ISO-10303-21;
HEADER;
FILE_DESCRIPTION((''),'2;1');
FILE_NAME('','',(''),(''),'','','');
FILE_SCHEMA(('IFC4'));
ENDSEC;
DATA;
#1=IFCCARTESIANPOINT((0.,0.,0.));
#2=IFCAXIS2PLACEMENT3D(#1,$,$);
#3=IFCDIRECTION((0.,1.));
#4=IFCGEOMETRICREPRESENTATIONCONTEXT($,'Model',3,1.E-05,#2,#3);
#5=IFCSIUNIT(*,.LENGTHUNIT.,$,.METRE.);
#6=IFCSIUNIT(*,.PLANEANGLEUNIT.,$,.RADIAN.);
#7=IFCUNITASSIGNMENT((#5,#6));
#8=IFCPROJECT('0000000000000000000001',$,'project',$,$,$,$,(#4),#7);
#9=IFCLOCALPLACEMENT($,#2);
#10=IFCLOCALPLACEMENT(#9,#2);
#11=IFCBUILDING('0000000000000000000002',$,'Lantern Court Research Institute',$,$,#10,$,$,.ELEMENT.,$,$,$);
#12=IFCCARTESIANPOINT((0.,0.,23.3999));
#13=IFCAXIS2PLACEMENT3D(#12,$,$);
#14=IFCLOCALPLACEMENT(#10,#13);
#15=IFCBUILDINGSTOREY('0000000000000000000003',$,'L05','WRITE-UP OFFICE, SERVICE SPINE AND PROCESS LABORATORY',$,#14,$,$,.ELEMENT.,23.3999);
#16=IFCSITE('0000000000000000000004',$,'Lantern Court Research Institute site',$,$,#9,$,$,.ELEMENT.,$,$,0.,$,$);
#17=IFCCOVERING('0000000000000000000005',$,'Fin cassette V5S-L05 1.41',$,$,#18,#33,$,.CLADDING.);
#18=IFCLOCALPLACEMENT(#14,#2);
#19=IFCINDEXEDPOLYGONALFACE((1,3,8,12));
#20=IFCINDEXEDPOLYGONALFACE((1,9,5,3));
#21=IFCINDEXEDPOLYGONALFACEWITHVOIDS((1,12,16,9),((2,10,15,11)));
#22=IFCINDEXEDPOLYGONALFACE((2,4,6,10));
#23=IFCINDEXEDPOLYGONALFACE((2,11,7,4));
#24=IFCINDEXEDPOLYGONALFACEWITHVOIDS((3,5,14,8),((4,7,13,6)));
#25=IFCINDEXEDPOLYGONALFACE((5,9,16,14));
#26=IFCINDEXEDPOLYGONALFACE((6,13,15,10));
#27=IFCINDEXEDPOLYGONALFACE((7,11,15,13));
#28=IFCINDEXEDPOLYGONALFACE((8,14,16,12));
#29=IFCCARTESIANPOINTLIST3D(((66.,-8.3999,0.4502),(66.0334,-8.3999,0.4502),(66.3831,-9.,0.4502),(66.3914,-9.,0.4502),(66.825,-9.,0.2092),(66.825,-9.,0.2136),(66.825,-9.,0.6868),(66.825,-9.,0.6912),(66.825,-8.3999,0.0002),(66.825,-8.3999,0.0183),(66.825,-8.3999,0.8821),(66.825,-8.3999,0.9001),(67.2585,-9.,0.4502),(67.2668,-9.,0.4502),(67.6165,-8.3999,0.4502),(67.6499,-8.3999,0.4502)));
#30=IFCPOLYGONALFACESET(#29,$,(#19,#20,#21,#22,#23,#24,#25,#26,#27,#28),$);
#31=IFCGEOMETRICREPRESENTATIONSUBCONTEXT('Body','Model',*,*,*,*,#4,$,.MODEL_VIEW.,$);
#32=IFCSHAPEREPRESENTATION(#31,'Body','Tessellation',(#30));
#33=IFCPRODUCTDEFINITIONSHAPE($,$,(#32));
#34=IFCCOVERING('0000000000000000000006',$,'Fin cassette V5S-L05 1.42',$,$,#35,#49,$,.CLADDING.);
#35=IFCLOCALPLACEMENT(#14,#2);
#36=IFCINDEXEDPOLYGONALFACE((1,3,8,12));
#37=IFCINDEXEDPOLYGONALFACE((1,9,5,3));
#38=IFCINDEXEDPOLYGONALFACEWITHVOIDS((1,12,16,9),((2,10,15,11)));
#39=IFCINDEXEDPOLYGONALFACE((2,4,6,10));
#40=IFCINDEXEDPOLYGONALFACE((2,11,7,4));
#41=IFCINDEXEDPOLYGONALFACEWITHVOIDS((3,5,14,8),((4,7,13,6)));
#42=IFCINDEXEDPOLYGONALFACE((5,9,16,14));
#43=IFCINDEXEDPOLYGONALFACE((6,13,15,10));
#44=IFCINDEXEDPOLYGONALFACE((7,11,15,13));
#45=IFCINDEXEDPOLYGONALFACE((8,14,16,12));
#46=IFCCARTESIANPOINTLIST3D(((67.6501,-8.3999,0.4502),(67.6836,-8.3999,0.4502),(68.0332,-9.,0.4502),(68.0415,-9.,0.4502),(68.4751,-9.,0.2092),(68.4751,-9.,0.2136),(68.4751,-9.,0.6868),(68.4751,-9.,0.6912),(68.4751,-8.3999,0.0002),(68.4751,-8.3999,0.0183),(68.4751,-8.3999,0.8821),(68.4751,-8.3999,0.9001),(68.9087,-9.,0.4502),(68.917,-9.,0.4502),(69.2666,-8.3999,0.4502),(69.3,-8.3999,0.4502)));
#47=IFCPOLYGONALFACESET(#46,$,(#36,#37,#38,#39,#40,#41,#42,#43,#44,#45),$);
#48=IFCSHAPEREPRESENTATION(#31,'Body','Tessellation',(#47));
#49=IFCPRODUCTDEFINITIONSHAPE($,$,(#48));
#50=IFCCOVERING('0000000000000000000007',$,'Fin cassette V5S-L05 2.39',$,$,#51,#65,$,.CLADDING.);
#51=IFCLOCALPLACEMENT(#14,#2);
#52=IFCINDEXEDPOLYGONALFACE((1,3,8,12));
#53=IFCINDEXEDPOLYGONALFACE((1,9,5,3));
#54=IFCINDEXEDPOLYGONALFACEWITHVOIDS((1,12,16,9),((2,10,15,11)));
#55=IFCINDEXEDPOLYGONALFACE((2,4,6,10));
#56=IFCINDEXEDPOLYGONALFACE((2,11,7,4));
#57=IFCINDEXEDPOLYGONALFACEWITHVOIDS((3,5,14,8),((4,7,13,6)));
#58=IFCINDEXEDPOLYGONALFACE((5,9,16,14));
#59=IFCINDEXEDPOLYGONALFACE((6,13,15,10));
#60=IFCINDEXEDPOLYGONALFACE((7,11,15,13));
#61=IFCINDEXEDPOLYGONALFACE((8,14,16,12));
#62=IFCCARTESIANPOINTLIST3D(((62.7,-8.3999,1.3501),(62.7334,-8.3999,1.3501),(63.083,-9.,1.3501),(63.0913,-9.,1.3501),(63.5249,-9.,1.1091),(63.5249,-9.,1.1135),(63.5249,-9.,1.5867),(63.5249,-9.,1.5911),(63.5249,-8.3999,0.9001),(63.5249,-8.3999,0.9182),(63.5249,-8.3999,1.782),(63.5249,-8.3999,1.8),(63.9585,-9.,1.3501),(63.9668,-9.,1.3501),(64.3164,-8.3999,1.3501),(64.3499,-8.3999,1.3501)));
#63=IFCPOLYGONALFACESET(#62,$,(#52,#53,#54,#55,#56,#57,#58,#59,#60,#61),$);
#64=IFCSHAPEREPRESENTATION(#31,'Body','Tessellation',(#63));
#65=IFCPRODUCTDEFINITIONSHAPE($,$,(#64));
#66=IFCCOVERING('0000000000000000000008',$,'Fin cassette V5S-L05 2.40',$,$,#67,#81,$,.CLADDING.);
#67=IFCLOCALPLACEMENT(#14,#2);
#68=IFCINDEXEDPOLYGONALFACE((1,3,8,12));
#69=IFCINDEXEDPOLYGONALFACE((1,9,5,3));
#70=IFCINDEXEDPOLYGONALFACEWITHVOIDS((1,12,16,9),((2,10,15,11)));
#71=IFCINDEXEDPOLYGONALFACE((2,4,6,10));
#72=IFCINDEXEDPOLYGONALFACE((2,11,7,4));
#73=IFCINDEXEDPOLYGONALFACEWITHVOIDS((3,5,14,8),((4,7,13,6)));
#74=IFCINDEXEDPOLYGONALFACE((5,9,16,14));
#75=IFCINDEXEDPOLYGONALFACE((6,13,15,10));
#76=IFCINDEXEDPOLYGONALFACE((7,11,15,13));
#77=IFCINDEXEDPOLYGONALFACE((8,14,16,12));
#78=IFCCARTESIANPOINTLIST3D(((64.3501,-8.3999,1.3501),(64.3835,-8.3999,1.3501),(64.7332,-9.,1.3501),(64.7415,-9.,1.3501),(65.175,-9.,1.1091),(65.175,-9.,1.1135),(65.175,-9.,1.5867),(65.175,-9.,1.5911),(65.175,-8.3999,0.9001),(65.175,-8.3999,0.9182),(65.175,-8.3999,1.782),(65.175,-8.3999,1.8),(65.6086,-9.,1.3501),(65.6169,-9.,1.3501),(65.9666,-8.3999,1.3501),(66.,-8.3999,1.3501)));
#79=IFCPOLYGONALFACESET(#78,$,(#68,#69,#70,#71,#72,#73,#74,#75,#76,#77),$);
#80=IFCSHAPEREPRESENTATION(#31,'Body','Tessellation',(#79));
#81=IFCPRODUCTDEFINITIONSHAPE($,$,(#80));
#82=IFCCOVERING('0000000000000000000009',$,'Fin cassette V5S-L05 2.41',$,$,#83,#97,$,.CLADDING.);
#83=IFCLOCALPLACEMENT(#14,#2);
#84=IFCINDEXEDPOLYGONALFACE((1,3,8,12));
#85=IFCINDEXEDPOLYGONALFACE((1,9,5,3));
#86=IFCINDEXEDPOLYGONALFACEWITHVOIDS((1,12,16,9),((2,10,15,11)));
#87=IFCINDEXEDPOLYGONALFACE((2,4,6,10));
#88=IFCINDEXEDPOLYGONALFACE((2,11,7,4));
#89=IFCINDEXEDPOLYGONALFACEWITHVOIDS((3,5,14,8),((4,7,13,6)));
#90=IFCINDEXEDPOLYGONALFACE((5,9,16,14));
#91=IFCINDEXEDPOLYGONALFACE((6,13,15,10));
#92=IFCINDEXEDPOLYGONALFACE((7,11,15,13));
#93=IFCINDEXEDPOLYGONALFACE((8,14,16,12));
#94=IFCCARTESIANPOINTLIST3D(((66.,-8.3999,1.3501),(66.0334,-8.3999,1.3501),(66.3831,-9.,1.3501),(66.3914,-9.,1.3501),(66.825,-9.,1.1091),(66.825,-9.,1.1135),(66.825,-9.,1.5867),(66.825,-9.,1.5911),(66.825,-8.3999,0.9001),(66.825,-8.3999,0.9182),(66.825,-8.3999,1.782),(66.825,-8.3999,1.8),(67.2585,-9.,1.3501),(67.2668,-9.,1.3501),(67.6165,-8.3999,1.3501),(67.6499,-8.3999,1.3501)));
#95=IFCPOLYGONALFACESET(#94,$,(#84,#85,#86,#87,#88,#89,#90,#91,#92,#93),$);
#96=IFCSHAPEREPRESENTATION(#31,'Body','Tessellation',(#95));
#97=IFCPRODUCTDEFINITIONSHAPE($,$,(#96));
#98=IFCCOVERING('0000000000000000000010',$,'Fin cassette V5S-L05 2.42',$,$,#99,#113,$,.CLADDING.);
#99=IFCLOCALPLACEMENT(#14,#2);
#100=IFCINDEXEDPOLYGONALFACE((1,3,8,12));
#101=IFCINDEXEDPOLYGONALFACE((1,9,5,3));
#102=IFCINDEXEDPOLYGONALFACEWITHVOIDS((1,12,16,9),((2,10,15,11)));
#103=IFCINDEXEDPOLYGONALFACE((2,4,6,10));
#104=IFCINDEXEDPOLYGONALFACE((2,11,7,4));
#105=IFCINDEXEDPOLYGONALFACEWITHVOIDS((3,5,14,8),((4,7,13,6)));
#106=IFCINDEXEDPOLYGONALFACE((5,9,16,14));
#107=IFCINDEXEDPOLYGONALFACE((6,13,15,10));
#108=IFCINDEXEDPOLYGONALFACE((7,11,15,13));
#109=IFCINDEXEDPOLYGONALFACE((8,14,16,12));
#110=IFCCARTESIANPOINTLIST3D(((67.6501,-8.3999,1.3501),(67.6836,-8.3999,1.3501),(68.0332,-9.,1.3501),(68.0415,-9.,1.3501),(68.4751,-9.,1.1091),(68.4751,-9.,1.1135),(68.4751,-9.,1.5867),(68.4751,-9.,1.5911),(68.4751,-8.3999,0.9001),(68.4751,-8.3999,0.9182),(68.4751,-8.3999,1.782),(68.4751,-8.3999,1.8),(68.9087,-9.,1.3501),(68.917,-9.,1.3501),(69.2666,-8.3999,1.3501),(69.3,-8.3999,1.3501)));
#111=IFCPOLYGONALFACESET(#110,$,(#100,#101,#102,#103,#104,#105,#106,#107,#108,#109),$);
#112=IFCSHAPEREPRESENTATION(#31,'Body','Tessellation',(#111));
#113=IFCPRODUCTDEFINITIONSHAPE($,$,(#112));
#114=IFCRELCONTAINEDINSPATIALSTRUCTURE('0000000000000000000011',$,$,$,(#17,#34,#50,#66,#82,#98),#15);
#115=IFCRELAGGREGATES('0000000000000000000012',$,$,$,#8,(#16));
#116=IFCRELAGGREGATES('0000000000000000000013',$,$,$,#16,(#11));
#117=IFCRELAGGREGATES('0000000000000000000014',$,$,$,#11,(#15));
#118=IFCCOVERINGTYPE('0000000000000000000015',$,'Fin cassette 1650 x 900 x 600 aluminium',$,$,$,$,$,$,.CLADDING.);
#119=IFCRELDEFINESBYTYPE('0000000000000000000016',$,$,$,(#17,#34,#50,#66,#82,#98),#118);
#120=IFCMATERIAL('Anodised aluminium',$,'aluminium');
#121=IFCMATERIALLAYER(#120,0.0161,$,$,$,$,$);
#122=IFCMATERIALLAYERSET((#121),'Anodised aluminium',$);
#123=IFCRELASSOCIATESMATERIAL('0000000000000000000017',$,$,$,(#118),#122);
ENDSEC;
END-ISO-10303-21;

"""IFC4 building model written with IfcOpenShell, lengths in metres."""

from ifc_helpers import new_model, entity, si_unit, direction, frame, origin, place, context, subcontext, project, spatial, material, layer, layer_set, type_object, element, save


model = new_model("IFC4")

# Units and contexts
model_context = context("Model", 3, precision=1e-05, world=origin(), true_north=direction((0.0, 1.0)))
body_context = subcontext(model_context, "Body", "Model", "MODEL_VIEW")
ifc_project = project(units=[si_unit("LENGTHUNIT", "METRE"), si_unit("PLANEANGLEUNIT", "RADIAN")], contexts=[model_context])

# Site, building, storey
site_placement = place(None, origin())
site = spatial("IfcSite", under=ifc_project, at=site_placement, Name="Lantern Court Research Institute site", CompositionType="ELEMENT", RefElevation=0.0)
building_placement = place(site_placement, origin())
building = spatial("IfcBuilding", under=site, at=building_placement, Name="Lantern Court Research Institute", CompositionType="ELEMENT")
storey_placement = place(building_placement, frame((0.0, 0.0, 23.3999)))
storey = spatial("IfcBuildingStorey", under=building, at=storey_placement, Name="L05", Description="WRITE-UP OFFICE, SERVICE SPINE AND PROCESS LABORATORY", CompositionType="ELEMENT", Elevation=23.3999)

# Coverings
ifc_material_1 = material(Name="Anodised aluminium", Category="aluminium")
ifc_layer_1 = layer(ifc_material_1, 0.0161)
ifc_layer_set_1 = layer_set([ifc_layer_1], Name="Anodised aluminium")
covering_type = type_object("IfcCoveringType", Name="Fin cassette 1650 x 900 x 600 aluminium", PredefinedType="CLADDING", material=ifc_layer_set_1)
covering_1_placement = place(storey_placement, frame((66.825, -8.3999, 0.4502), z_axis=(0.0, -1.0, 0.0), x_axis=(1.0, 0.0, 0.0)))
cartesian_point_1 = entity("IfcCartesianPoint", [0.825, 0.0])
cartesian_point_2 = entity("IfcCartesianPoint", [0.7915, 0.0])
cartesian_point_3 = entity("IfcCartesianPoint", [0.4419, 0.0])
cartesian_point_4 = entity("IfcCartesianPoint", [0.4336, 0.0])
element("IfcCovering", 1, at=covering_1_placement, inside=storey, type_object=covering_type, Name="Fin cassette V5S-L05 1.41", PredefinedType="CLADDING", context=body_context, shape_type="SweptSolid", body=[
    entity("IfcExtrudedAreaSolidTapered", entity("IfcArbitraryProfileDefWithVoids", "AREA", None, entity("IfcPolyline", [cartesian_point_1, entity("IfcCartesianPoint", [0.0, 0.45]), entity("IfcCartesianPoint", [-0.825, 0.0]), entity("IfcCartesianPoint", [0.0, -0.45]), cartesian_point_1]), [entity("IfcPolyline", [cartesian_point_2, entity("IfcCartesianPoint", [0.0, 0.4319]), entity("IfcCartesianPoint", [-0.7915, 0.0]), entity("IfcCartesianPoint", [0.0, -0.4319]), cartesian_point_2])]), entity("IfcAxis2Placement3D", entity("IfcCartesianPoint", [0.0, 0.0, 0.0])), entity("IfcDirection", [0.0, 0.0, 1.0]), 0.6001, entity("IfcArbitraryProfileDefWithVoids", "AREA", None, entity("IfcPolyline", [cartesian_point_3, entity("IfcCartesianPoint", [0.0, 0.241]), entity("IfcCartesianPoint", [-0.4419, 0.0]), entity("IfcCartesianPoint", [0.0, -0.241]), cartesian_point_3]), [entity("IfcPolyline", [cartesian_point_4, entity("IfcCartesianPoint", [0.0, 0.2366]), entity("IfcCartesianPoint", [-0.4336, 0.0]), entity("IfcCartesianPoint", [0.0, -0.2366]), cartesian_point_4])])),
])
covering_2_placement = place(storey_placement, frame((68.4751, -8.3999, 0.4502), z_axis=(0.0, -1.0, 0.0), x_axis=(1.0, 0.0, 0.0)))
cartesian_point_5 = entity("IfcCartesianPoint", [0.825, 0.0])
cartesian_point_6 = entity("IfcCartesianPoint", [0.7915, 0.0])
cartesian_point_7 = entity("IfcCartesianPoint", [0.4419, 0.0])
cartesian_point_8 = entity("IfcCartesianPoint", [0.4336, 0.0])
element("IfcCovering", 2, at=covering_2_placement, inside=storey, type_object=covering_type, Name="Fin cassette V5S-L05 1.42", PredefinedType="CLADDING", context=body_context, shape_type="SweptSolid", body=[
    entity("IfcExtrudedAreaSolidTapered", entity("IfcArbitraryProfileDefWithVoids", "AREA", None, entity("IfcPolyline", [cartesian_point_5, entity("IfcCartesianPoint", [0.0, 0.45]), entity("IfcCartesianPoint", [-0.825, 0.0]), entity("IfcCartesianPoint", [0.0, -0.45]), cartesian_point_5]), [entity("IfcPolyline", [cartesian_point_6, entity("IfcCartesianPoint", [0.0, 0.4319]), entity("IfcCartesianPoint", [-0.7915, 0.0]), entity("IfcCartesianPoint", [0.0, -0.4319]), cartesian_point_6])]), entity("IfcAxis2Placement3D", entity("IfcCartesianPoint", [0.0, 0.0, 0.0])), entity("IfcDirection", [0.0, 0.0, 1.0]), 0.6001, entity("IfcArbitraryProfileDefWithVoids", "AREA", None, entity("IfcPolyline", [cartesian_point_7, entity("IfcCartesianPoint", [0.0, 0.241]), entity("IfcCartesianPoint", [-0.4419, 0.0]), entity("IfcCartesianPoint", [0.0, -0.241]), cartesian_point_7]), [entity("IfcPolyline", [cartesian_point_8, entity("IfcCartesianPoint", [0.0, 0.2366]), entity("IfcCartesianPoint", [-0.4336, 0.0]), entity("IfcCartesianPoint", [0.0, -0.2366]), cartesian_point_8])])),
])
covering_3_placement = place(storey_placement, frame((63.5249, -8.3999, 1.3501), z_axis=(0.0, -1.0, 0.0), x_axis=(1.0, 0.0, 0.0)))
cartesian_point_9 = entity("IfcCartesianPoint", [0.825, 0.0])
cartesian_point_10 = entity("IfcCartesianPoint", [0.7915, 0.0])
cartesian_point_11 = entity("IfcCartesianPoint", [0.4419, 0.0])
cartesian_point_12 = entity("IfcCartesianPoint", [0.4336, 0.0])
element("IfcCovering", 3, at=covering_3_placement, inside=storey, type_object=covering_type, Name="Fin cassette V5S-L05 2.39", PredefinedType="CLADDING", context=body_context, shape_type="SweptSolid", body=[
    entity("IfcExtrudedAreaSolidTapered", entity("IfcArbitraryProfileDefWithVoids", "AREA", None, entity("IfcPolyline", [cartesian_point_9, entity("IfcCartesianPoint", [0.0, 0.45]), entity("IfcCartesianPoint", [-0.825, 0.0]), entity("IfcCartesianPoint", [0.0, -0.45]), cartesian_point_9]), [entity("IfcPolyline", [cartesian_point_10, entity("IfcCartesianPoint", [0.0, 0.4319]), entity("IfcCartesianPoint", [-0.7915, 0.0]), entity("IfcCartesianPoint", [0.0, -0.4319]), cartesian_point_10])]), entity("IfcAxis2Placement3D", entity("IfcCartesianPoint", [0.0, 0.0, 0.0])), entity("IfcDirection", [0.0, 0.0, 1.0]), 0.6001, entity("IfcArbitraryProfileDefWithVoids", "AREA", None, entity("IfcPolyline", [cartesian_point_11, entity("IfcCartesianPoint", [0.0, 0.241]), entity("IfcCartesianPoint", [-0.4419, 0.0]), entity("IfcCartesianPoint", [0.0, -0.241]), cartesian_point_11]), [entity("IfcPolyline", [cartesian_point_12, entity("IfcCartesianPoint", [0.0, 0.2366]), entity("IfcCartesianPoint", [-0.4336, 0.0]), entity("IfcCartesianPoint", [0.0, -0.2366]), cartesian_point_12])])),
])
covering_4_placement = place(storey_placement, frame((65.175, -8.3999, 1.3501), z_axis=(0.0, -1.0, 0.0), x_axis=(1.0, 0.0, 0.0)))
cartesian_point_13 = entity("IfcCartesianPoint", [0.825, 0.0])
cartesian_point_14 = entity("IfcCartesianPoint", [0.7915, 0.0])
cartesian_point_15 = entity("IfcCartesianPoint", [0.4419, 0.0])
cartesian_point_16 = entity("IfcCartesianPoint", [0.4336, 0.0])
element("IfcCovering", 4, at=covering_4_placement, inside=storey, type_object=covering_type, Name="Fin cassette V5S-L05 2.40", PredefinedType="CLADDING", context=body_context, shape_type="SweptSolid", body=[
    entity("IfcExtrudedAreaSolidTapered", entity("IfcArbitraryProfileDefWithVoids", "AREA", None, entity("IfcPolyline", [cartesian_point_13, entity("IfcCartesianPoint", [0.0, 0.45]), entity("IfcCartesianPoint", [-0.825, 0.0]), entity("IfcCartesianPoint", [0.0, -0.45]), cartesian_point_13]), [entity("IfcPolyline", [cartesian_point_14, entity("IfcCartesianPoint", [0.0, 0.4319]), entity("IfcCartesianPoint", [-0.7915, 0.0]), entity("IfcCartesianPoint", [0.0, -0.4319]), cartesian_point_14])]), entity("IfcAxis2Placement3D", entity("IfcCartesianPoint", [0.0, 0.0, 0.0])), entity("IfcDirection", [0.0, 0.0, 1.0]), 0.6001, entity("IfcArbitraryProfileDefWithVoids", "AREA", None, entity("IfcPolyline", [cartesian_point_15, entity("IfcCartesianPoint", [0.0, 0.241]), entity("IfcCartesianPoint", [-0.4419, 0.0]), entity("IfcCartesianPoint", [0.0, -0.241]), cartesian_point_15]), [entity("IfcPolyline", [cartesian_point_16, entity("IfcCartesianPoint", [0.0, 0.2366]), entity("IfcCartesianPoint", [-0.4336, 0.0]), entity("IfcCartesianPoint", [0.0, -0.2366]), cartesian_point_16])])),
])
covering_5_placement = place(storey_placement, frame((66.825, -8.3999, 1.3501), z_axis=(0.0, -1.0, 0.0), x_axis=(1.0, 0.0, 0.0)))
cartesian_point_17 = entity("IfcCartesianPoint", [0.825, 0.0])
cartesian_point_18 = entity("IfcCartesianPoint", [0.7915, 0.0])
cartesian_point_19 = entity("IfcCartesianPoint", [0.4419, 0.0])
cartesian_point_20 = entity("IfcCartesianPoint", [0.4336, 0.0])
element("IfcCovering", 5, at=covering_5_placement, inside=storey, type_object=covering_type, Name="Fin cassette V5S-L05 2.41", PredefinedType="CLADDING", context=body_context, shape_type="SweptSolid", body=[
    entity("IfcExtrudedAreaSolidTapered", entity("IfcArbitraryProfileDefWithVoids", "AREA", None, entity("IfcPolyline", [cartesian_point_17, entity("IfcCartesianPoint", [0.0, 0.45]), entity("IfcCartesianPoint", [-0.825, 0.0]), entity("IfcCartesianPoint", [0.0, -0.45]), cartesian_point_17]), [entity("IfcPolyline", [cartesian_point_18, entity("IfcCartesianPoint", [0.0, 0.4319]), entity("IfcCartesianPoint", [-0.7915, 0.0]), entity("IfcCartesianPoint", [0.0, -0.4319]), cartesian_point_18])]), entity("IfcAxis2Placement3D", entity("IfcCartesianPoint", [0.0, 0.0, 0.0])), entity("IfcDirection", [0.0, 0.0, 1.0]), 0.6001, entity("IfcArbitraryProfileDefWithVoids", "AREA", None, entity("IfcPolyline", [cartesian_point_19, entity("IfcCartesianPoint", [0.0, 0.241]), entity("IfcCartesianPoint", [-0.4419, 0.0]), entity("IfcCartesianPoint", [0.0, -0.241]), cartesian_point_19]), [entity("IfcPolyline", [cartesian_point_20, entity("IfcCartesianPoint", [0.0, 0.2366]), entity("IfcCartesianPoint", [-0.4336, 0.0]), entity("IfcCartesianPoint", [0.0, -0.2366]), cartesian_point_20])])),
])
covering_6_placement = place(storey_placement, frame((68.4751, -8.3999, 1.3501), z_axis=(0.0, -1.0, 0.0), x_axis=(1.0, 0.0, 0.0)))
cartesian_point_21 = entity("IfcCartesianPoint", [0.825, 0.0])
cartesian_point_22 = entity("IfcCartesianPoint", [0.7915, 0.0])
cartesian_point_23 = entity("IfcCartesianPoint", [0.4419, 0.0])
cartesian_point_24 = entity("IfcCartesianPoint", [0.4336, 0.0])
element("IfcCovering", 6, at=covering_6_placement, inside=storey, type_object=covering_type, Name="Fin cassette V5S-L05 2.42", PredefinedType="CLADDING", context=body_context, shape_type="SweptSolid", body=[
    entity("IfcExtrudedAreaSolidTapered", entity("IfcArbitraryProfileDefWithVoids", "AREA", None, entity("IfcPolyline", [cartesian_point_21, entity("IfcCartesianPoint", [0.0, 0.45]), entity("IfcCartesianPoint", [-0.825, 0.0]), entity("IfcCartesianPoint", [0.0, -0.45]), cartesian_point_21]), [entity("IfcPolyline", [cartesian_point_22, entity("IfcCartesianPoint", [0.0, 0.4319]), entity("IfcCartesianPoint", [-0.7915, 0.0]), entity("IfcCartesianPoint", [0.0, -0.4319]), cartesian_point_22])]), entity("IfcAxis2Placement3D", entity("IfcCartesianPoint", [0.0, 0.0, 0.0])), entity("IfcDirection", [0.0, 0.0, 1.0]), 0.6001, entity("IfcArbitraryProfileDefWithVoids", "AREA", None, entity("IfcPolyline", [cartesian_point_23, entity("IfcCartesianPoint", [0.0, 0.241]), entity("IfcCartesianPoint", [-0.4419, 0.0]), entity("IfcCartesianPoint", [0.0, -0.241]), cartesian_point_23]), [entity("IfcPolyline", [cartesian_point_24, entity("IfcCartesianPoint", [0.0, 0.2366]), entity("IfcCartesianPoint", [-0.4336, 0.0]), entity("IfcCartesianPoint", [0.0, -0.2366]), cartesian_point_24])])),
])

save(model, "model.ifc")
